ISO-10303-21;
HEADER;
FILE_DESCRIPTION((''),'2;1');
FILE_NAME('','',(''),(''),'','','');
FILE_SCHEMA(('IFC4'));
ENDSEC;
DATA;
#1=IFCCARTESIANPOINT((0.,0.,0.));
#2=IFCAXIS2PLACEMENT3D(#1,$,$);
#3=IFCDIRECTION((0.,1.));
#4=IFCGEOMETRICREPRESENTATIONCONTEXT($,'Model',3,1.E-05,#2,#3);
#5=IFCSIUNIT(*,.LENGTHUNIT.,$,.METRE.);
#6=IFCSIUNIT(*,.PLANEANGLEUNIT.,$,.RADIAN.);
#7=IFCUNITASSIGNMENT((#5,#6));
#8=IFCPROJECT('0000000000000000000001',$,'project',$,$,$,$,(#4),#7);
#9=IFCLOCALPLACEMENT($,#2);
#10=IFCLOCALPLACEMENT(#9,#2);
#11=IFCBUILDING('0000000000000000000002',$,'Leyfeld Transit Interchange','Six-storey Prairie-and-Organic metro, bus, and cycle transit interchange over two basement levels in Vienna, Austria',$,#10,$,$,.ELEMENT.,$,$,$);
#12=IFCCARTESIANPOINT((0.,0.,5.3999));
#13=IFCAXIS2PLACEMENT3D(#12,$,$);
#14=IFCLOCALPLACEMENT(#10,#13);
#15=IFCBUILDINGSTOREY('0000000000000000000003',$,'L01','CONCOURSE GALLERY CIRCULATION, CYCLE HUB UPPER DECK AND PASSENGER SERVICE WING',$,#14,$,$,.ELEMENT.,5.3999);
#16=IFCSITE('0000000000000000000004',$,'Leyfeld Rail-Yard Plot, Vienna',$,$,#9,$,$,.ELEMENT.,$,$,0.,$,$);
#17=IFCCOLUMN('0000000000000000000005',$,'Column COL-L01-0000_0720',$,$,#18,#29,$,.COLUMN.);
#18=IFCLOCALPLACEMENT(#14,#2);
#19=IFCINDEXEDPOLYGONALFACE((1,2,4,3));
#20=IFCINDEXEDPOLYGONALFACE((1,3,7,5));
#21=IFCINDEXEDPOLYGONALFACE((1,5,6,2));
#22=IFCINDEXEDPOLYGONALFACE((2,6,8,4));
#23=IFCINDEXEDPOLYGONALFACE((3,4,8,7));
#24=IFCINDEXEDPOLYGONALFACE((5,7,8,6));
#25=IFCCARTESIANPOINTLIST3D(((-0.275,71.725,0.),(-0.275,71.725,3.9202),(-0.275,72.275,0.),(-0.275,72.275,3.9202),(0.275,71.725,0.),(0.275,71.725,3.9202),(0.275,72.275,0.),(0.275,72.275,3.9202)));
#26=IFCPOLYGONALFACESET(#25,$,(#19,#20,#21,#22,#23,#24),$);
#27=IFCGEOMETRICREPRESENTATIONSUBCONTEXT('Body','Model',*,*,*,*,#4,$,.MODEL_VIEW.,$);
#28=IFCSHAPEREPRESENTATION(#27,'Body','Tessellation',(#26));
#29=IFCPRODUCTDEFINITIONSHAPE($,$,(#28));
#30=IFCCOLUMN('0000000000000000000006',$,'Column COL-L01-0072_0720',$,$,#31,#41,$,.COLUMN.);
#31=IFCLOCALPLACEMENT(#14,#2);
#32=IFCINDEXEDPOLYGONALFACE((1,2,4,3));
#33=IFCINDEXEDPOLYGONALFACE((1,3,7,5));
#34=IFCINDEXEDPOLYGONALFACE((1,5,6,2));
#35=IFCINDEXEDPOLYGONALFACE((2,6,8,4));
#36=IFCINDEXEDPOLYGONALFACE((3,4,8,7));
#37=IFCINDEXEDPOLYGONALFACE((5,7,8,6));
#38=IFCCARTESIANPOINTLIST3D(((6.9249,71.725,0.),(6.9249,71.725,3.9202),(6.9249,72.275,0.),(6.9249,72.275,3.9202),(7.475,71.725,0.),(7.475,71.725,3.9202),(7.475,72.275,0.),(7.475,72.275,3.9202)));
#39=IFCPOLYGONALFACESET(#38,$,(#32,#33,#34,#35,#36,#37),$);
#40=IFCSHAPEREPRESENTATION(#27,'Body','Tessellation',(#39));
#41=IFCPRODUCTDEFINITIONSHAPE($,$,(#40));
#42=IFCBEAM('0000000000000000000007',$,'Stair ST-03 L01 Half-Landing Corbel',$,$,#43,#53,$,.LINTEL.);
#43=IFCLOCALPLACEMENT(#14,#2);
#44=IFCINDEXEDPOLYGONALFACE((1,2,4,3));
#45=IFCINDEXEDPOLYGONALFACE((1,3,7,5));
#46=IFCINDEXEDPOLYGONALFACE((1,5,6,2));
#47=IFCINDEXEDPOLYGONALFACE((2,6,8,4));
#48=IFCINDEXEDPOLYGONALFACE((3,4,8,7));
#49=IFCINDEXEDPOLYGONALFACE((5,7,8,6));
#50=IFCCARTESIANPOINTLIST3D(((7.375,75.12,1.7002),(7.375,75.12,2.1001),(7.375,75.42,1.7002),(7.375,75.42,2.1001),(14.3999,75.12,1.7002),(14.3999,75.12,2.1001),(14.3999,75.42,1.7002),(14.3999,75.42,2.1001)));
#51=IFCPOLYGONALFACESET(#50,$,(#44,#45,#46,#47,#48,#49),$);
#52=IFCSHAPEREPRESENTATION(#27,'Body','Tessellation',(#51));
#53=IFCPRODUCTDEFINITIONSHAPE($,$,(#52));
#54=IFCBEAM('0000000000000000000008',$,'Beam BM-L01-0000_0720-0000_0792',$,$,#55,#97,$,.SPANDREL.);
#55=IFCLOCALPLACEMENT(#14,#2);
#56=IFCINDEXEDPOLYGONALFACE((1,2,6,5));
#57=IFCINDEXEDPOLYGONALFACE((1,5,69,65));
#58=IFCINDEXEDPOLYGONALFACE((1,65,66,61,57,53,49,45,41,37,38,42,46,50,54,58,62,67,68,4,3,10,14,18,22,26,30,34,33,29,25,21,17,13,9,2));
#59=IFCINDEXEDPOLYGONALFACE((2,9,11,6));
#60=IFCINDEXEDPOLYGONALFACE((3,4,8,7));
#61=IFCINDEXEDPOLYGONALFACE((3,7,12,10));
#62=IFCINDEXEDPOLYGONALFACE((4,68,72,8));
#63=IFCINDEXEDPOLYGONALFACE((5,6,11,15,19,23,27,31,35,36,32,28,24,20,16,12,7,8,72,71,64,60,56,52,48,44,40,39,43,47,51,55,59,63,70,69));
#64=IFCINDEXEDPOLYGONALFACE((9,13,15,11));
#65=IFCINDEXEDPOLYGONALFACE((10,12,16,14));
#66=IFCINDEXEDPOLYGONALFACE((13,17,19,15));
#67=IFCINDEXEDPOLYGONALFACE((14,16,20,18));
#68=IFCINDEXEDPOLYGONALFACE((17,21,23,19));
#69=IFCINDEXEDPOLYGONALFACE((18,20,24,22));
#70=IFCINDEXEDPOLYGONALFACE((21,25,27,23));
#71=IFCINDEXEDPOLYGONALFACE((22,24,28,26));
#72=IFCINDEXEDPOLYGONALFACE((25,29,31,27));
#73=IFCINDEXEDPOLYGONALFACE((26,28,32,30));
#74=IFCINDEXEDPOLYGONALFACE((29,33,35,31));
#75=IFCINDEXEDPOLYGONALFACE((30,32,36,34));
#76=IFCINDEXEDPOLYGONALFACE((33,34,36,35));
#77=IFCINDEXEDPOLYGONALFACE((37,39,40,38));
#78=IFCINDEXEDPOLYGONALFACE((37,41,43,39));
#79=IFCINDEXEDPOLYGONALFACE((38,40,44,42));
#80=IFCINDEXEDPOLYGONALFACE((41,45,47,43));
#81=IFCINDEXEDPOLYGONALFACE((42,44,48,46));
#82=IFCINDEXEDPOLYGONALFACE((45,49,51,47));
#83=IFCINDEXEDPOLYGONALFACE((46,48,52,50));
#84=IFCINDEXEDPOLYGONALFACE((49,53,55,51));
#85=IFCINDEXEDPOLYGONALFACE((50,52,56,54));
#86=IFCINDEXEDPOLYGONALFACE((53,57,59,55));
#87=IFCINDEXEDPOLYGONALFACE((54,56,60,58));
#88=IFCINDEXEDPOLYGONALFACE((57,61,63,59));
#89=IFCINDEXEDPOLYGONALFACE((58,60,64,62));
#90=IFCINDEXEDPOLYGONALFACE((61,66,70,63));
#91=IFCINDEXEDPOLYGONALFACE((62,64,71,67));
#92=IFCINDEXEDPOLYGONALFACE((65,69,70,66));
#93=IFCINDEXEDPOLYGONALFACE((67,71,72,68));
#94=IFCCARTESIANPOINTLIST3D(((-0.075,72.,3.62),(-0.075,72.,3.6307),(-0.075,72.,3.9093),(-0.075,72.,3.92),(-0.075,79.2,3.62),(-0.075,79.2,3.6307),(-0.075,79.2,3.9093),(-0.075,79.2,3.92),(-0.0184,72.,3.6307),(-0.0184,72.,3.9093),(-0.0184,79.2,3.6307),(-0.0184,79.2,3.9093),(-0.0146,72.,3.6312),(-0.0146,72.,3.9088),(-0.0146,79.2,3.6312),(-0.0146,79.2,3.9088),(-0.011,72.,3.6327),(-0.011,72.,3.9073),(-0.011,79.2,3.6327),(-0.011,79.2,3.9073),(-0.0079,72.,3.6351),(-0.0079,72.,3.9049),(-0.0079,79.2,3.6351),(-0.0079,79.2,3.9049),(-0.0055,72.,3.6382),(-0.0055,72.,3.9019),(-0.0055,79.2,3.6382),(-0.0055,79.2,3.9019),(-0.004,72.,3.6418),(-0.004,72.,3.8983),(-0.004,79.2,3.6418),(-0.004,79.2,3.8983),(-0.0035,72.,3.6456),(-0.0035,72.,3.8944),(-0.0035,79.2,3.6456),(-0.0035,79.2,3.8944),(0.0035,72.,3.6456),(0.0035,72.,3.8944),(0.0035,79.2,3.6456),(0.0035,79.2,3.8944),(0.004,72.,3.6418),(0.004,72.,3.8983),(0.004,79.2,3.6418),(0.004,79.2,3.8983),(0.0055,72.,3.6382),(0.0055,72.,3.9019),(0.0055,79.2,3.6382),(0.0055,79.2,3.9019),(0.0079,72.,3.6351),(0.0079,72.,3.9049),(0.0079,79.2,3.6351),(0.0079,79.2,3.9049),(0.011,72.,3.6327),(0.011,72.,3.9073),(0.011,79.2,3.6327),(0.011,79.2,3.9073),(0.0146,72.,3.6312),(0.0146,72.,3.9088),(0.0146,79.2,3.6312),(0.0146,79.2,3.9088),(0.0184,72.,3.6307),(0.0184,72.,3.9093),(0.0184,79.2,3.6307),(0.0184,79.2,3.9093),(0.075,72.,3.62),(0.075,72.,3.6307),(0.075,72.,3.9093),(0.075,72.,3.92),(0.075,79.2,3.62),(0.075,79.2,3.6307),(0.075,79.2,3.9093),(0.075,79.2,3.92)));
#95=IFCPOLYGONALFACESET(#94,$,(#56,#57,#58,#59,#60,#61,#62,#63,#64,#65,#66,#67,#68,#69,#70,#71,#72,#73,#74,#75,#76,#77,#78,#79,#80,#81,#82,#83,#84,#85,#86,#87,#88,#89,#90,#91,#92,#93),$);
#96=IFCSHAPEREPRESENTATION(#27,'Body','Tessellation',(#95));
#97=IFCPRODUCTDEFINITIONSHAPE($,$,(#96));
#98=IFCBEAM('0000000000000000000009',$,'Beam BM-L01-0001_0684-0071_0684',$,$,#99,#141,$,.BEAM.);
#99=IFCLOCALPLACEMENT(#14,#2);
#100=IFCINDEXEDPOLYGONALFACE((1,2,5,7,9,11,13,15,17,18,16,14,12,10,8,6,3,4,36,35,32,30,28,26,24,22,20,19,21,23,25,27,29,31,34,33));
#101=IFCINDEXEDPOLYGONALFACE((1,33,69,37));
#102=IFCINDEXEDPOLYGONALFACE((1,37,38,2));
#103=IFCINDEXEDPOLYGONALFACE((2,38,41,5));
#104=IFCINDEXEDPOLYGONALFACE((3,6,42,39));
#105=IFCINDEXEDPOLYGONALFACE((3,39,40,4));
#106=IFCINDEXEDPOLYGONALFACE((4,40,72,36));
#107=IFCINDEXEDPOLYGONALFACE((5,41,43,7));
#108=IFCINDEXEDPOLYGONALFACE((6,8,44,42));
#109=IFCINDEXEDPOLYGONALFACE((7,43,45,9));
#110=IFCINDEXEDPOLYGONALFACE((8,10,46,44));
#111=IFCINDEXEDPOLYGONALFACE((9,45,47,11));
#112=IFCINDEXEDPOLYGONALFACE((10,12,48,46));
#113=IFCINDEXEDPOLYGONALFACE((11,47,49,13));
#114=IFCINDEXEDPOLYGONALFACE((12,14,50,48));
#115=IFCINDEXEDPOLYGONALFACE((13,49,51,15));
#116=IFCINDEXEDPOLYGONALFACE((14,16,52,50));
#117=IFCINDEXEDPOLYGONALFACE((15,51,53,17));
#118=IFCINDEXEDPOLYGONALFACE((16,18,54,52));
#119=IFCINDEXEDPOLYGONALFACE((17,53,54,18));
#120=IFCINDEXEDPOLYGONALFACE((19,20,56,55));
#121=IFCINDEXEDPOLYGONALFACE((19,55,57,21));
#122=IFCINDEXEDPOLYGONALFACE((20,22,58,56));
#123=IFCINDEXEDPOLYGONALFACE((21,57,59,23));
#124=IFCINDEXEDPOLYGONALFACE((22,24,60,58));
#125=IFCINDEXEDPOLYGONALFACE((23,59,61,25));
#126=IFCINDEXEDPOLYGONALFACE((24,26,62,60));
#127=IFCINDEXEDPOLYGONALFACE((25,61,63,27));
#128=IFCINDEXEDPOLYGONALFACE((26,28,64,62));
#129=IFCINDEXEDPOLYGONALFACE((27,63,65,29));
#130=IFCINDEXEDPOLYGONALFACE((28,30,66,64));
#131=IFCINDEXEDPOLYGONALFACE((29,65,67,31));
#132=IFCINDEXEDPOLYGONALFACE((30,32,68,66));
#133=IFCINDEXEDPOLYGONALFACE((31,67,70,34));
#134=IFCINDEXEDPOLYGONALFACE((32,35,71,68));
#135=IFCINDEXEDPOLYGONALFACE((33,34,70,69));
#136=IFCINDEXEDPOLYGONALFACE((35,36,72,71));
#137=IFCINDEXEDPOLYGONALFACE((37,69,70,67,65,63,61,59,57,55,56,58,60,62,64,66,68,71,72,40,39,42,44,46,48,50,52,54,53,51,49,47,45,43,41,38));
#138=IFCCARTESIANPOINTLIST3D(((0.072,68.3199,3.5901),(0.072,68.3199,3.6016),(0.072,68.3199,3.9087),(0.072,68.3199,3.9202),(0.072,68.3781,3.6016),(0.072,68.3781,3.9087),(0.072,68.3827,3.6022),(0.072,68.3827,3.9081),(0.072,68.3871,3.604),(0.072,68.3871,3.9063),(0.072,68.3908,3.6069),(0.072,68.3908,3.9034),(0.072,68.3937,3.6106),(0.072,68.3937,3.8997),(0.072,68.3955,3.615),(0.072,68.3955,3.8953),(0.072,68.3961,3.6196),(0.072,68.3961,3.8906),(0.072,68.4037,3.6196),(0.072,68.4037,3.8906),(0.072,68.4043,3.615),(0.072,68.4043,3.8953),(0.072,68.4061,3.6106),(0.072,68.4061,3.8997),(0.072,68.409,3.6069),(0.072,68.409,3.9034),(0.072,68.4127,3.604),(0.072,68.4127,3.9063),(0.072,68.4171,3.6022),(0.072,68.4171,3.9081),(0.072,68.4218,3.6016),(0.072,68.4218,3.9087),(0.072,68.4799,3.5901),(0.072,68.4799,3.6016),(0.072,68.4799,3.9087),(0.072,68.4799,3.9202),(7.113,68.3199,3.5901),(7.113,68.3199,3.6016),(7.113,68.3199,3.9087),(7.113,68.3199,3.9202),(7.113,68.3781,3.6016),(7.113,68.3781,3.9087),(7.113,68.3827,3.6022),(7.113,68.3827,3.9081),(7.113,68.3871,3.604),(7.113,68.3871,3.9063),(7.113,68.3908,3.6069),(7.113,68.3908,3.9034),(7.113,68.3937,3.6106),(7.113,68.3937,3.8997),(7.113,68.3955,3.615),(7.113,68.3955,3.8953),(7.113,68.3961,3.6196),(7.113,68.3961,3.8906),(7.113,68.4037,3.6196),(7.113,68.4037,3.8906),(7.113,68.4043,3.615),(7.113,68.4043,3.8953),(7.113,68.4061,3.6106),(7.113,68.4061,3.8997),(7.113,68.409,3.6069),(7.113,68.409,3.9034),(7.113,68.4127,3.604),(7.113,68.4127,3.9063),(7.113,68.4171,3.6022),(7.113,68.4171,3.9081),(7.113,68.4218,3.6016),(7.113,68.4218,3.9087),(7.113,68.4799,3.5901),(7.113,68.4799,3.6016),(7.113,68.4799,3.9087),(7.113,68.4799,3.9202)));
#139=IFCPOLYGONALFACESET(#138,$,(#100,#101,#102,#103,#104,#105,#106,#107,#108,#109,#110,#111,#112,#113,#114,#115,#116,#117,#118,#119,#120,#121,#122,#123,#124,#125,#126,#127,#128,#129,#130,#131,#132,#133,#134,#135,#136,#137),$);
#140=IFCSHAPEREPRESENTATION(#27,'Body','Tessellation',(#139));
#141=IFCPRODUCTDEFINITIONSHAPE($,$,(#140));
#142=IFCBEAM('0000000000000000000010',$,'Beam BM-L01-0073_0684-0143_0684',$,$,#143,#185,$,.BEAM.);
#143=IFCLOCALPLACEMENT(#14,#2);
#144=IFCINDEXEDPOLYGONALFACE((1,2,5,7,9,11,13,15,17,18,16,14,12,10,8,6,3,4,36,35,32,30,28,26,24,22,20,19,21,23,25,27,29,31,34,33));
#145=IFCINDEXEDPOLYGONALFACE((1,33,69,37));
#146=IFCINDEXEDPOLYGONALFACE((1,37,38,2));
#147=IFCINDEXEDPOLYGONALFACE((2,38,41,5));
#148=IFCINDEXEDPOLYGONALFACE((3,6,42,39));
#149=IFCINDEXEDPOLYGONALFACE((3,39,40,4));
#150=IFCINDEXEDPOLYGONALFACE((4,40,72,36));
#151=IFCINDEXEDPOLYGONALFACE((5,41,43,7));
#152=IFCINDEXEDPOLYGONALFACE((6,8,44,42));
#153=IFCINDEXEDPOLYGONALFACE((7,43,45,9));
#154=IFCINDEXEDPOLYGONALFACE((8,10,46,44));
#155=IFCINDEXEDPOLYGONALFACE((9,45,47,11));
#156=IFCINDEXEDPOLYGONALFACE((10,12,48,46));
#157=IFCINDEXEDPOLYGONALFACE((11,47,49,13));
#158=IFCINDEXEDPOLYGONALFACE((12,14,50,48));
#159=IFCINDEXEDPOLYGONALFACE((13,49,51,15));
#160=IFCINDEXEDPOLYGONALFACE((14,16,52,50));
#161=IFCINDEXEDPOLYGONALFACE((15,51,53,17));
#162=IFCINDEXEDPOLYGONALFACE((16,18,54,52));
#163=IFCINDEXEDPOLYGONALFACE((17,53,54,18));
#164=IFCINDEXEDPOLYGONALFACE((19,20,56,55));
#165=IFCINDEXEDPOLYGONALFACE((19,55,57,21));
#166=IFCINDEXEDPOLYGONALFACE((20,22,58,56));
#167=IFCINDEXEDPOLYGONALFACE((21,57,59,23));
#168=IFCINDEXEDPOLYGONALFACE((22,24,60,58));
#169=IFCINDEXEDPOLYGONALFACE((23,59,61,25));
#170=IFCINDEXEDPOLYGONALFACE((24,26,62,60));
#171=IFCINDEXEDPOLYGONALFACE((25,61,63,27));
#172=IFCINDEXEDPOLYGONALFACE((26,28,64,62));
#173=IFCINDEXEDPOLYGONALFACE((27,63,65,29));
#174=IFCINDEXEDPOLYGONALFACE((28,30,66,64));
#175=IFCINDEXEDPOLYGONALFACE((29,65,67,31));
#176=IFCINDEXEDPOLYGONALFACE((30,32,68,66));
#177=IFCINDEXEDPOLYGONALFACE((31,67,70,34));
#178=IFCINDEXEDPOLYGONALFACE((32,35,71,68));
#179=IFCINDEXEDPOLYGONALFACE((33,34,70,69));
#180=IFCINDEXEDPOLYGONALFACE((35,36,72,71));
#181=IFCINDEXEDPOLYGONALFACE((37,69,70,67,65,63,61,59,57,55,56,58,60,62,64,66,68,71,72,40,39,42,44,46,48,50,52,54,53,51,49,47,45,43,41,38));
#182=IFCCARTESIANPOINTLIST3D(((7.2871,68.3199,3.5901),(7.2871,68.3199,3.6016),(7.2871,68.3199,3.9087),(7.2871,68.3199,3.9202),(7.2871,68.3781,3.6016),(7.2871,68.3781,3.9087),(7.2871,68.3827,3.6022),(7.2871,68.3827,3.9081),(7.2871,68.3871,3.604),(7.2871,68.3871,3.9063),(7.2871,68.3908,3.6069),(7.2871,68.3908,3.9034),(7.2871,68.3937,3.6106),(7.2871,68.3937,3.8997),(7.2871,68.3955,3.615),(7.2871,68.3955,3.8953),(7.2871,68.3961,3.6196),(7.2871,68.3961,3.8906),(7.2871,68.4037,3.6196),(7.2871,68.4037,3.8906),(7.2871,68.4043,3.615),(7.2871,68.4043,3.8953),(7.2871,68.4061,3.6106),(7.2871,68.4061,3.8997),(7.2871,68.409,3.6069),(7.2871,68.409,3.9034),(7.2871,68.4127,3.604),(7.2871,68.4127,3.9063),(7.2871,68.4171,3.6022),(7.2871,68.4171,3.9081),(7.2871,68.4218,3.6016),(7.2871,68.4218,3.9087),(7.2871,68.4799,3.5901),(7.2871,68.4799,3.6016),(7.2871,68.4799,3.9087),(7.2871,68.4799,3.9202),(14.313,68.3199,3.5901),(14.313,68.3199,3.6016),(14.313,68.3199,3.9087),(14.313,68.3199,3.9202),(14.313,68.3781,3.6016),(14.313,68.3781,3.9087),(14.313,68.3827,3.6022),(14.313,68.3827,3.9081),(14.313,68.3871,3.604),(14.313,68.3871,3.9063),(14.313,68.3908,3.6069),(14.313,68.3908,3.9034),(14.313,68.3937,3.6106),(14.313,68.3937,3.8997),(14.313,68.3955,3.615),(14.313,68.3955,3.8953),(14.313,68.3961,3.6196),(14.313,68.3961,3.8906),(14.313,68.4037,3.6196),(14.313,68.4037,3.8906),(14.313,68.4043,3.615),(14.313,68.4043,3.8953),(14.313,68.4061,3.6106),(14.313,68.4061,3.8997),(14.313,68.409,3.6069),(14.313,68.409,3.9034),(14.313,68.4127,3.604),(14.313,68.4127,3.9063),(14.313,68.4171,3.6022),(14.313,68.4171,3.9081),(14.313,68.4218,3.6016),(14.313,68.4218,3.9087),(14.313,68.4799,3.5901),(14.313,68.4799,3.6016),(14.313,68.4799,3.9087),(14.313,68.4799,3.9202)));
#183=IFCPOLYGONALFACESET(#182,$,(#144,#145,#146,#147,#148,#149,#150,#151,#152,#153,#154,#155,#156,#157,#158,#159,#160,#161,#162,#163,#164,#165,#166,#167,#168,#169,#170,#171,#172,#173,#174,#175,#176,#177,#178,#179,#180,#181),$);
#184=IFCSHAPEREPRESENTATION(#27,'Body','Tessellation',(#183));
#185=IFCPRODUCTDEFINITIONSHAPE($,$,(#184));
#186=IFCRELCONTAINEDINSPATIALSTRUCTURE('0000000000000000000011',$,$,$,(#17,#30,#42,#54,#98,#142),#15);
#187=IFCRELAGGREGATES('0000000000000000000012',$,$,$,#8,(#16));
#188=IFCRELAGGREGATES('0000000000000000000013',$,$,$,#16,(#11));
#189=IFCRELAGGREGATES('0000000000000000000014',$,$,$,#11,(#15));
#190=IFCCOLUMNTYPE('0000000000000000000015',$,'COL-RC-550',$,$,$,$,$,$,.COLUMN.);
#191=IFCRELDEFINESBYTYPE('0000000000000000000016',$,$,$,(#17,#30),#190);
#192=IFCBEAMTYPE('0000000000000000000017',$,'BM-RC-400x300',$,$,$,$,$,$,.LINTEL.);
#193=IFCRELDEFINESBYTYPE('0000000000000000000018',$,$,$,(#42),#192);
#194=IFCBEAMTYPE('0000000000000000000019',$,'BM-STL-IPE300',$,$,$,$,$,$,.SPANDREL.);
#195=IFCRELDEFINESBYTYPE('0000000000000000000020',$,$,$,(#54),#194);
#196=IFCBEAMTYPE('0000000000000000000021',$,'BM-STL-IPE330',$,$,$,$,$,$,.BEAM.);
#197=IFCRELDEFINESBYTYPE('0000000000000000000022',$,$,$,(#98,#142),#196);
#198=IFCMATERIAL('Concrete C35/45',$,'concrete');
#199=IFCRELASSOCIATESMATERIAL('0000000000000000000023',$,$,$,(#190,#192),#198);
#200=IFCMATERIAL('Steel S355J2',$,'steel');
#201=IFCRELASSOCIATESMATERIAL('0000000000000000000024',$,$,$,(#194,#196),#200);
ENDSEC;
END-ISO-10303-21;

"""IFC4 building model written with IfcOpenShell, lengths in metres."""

from ifc_helpers import new_model, si_unit, direction, frame, origin, origin_2d, place, context, subcontext, project, spatial, rectangle, i_section, extrude, material, material_profile, profile_set, type_object, element, save


model = new_model("IFC4")

# Units and contexts
model_context = context("Model", 3, precision=1e-05, world=origin(), true_north=direction((0.0, 1.0)))
body_context = subcontext(model_context, "Body", "Model", "MODEL_VIEW")
ifc_project = project(units=[si_unit("LENGTHUNIT", "METRE"), si_unit("PLANEANGLEUNIT", "RADIAN")], contexts=[model_context])

# Site, building, storey
site_placement = place(None, origin())
site = spatial("IfcSite", under=ifc_project, at=site_placement, Name="Leyfeld Rail-Yard Plot, Vienna", CompositionType="ELEMENT", RefElevation=0.0)
building_placement = place(site_placement, origin())
building = spatial("IfcBuilding", under=site, at=building_placement, Name="Leyfeld Transit Interchange", Description="Six-storey Prairie-and-Organic metro, bus, and cycle transit interchange over two basement levels in Vienna, Austria", CompositionType="ELEMENT")
storey_placement = place(building_placement, frame((0.0, 0.0, 5.3999)))
storey = spatial("IfcBuildingStorey", under=building, at=storey_placement, Name="L01", Description="CONCOURSE GALLERY CIRCULATION, CYCLE HUB UPPER DECK AND PASSENGER SERVICE WING", CompositionType="ELEMENT", Elevation=5.3999)

# Columns
ifc_material_1 = material(Name="Concrete C35/45", Category="concrete")
ifc_material_profile_1 = material_profile(ifc_material_1, rectangle(XDim=0.55, YDim=0.55, at=origin_2d()), Name="RC 550x550")
ifc_profile_set_1 = profile_set([ifc_material_profile_1], Name="Concrete C35/45")
column_type = type_object("IfcColumnType", Name="COL-RC-550", PredefinedType="COLUMN", material=ifc_profile_set_1)
for number, where, z_axis, x_axis, name in (
    (1, (0.0, 72.0, 0.0), (0.0, 0.0, 1.0), (0.0, 1.0, 0.0), "Column COL-L01-0000_0720"),
    (2, (7.2, 72.0, 0.0), (0.0, 0.0, 1.0), (1.0, 0.0, 0.0), "Column COL-L01-0072_0720"),
):
    element("IfcColumn", number, at=place(storey_placement, frame(where, z_axis=z_axis, x_axis=x_axis)), inside=storey, type_object=column_type, Name=name, PredefinedType="COLUMN", context=body_context, shape_type="SweptSolid", body=[
        extrude(rectangle(XDim=0.55, YDim=0.55, at=origin_2d()), origin(), (0.0, 0.0, 1.0), 3.9202),
    ])

# Beams
ifc_material_profile_2 = material_profile(ifc_material_1, rectangle(XDim=0.3, YDim=0.3999, at=origin_2d()), Name="RC 400x300")
ifc_profile_set_2 = profile_set([ifc_material_profile_2], Name="Concrete C35/45")
beam_type_1 = type_object("IfcBeamType", Name="BM-RC-400x300", PredefinedType="LINTEL", material=ifc_profile_set_2)
beam_1_placement = place(storey_placement, frame((7.375, 75.27, 1.9001), z_axis=(1.0, 0.0, 0.0), x_axis=(0.0, 1.0, 0.0)))
element("IfcBeam", 3, at=beam_1_placement, inside=storey, type_object=beam_type_1, Name="Stair ST-03 L01 Half-Landing Corbel", PredefinedType="LINTEL", context=body_context, shape_type="SweptSolid", body=[
    extrude(rectangle(XDim=0.3, YDim=0.3999, at=origin_2d()), origin(), (0.0, 0.0, 1.0), 7.0249),
])
ifc_material_2 = material(Name="Steel S355J2", Category="steel")
ifc_material_profile_3 = material_profile(ifc_material_2, i_section(OverallWidth=0.1499, OverallDepth=0.3, WebThickness=0.0071, FlangeThickness=0.0107, FilletRadius=0.0149, at=origin_2d()), Name="IPE 300")
ifc_profile_set_3 = profile_set([ifc_material_profile_3], Name="Steel S355J2")
beam_type_2 = type_object("IfcBeamType", Name="BM-STL-IPE300", PredefinedType="SPANDREL", material=ifc_profile_set_3)
beam_2_placement = place(storey_placement, frame((0.0, 72.0, 3.77), z_axis=(0.0, 1.0, 0.0), x_axis=(-1.0, 0.0, 0.0)))
element("IfcBeam", 4, at=beam_2_placement, inside=storey, type_object=beam_type_2, Name="Beam BM-L01-0000_0720-0000_0792", PredefinedType="SPANDREL", context=body_context, shape_type="SweptSolid", body=[
    extrude(i_section(OverallWidth=0.1499, OverallDepth=0.3, WebThickness=0.0071, FlangeThickness=0.0107, FilletRadius=0.0149, at=origin_2d()), origin(), (0.0, 0.0, 1.0), 7.2),
])
ifc_material_profile_4 = material_profile(ifc_material_2, i_section(OverallWidth=0.1599, OverallDepth=0.3301, WebThickness=0.0076, FlangeThickness=0.0115, FilletRadius=0.0181, at=origin_2d()), Name="IPE 330")
ifc_profile_set_4 = profile_set([ifc_material_profile_4], Name="Steel S355J2")
beam_type_3 = type_object("IfcBeamType", Name="BM-STL-IPE330", PredefinedType="BEAM", material=ifc_profile_set_4)
beam_3_placement = place(storey_placement, frame((0.072, 68.3999, 3.7551), z_axis=(1.0, 0.0, 0.0), x_axis=(0.0, 1.0, 0.0)))
element("IfcBeam", 5, at=beam_3_placement, inside=storey, type_object=beam_type_3, Name="Beam BM-L01-0001_0684-0071_0684", PredefinedType="BEAM", context=body_context, shape_type="SweptSolid", body=[
    extrude(i_section(OverallWidth=0.1599, OverallDepth=0.3301, WebThickness=0.0076, FlangeThickness=0.0115, FilletRadius=0.0181, at=origin_2d()), origin(), (0.0, 0.0, 1.0), 7.041),
])
beam_4_placement = place(storey_placement, frame((7.2871, 68.3999, 3.7551), z_axis=(1.0, 0.0, 0.0), x_axis=(0.0, 1.0, 0.0)))
element("IfcBeam", 6, at=beam_4_placement, inside=storey, type_object=beam_type_3, Name="Beam BM-L01-0073_0684-0143_0684", PredefinedType="BEAM", context=body_context, shape_type="SweptSolid", body=[
    extrude(i_section(OverallWidth=0.1599, OverallDepth=0.3301, WebThickness=0.0076, FlangeThickness=0.0115, FilletRadius=0.0181, at=origin_2d()), origin(), (0.0, 0.0, 1.0), 7.0259),
])

save(model, "model.ifc")
